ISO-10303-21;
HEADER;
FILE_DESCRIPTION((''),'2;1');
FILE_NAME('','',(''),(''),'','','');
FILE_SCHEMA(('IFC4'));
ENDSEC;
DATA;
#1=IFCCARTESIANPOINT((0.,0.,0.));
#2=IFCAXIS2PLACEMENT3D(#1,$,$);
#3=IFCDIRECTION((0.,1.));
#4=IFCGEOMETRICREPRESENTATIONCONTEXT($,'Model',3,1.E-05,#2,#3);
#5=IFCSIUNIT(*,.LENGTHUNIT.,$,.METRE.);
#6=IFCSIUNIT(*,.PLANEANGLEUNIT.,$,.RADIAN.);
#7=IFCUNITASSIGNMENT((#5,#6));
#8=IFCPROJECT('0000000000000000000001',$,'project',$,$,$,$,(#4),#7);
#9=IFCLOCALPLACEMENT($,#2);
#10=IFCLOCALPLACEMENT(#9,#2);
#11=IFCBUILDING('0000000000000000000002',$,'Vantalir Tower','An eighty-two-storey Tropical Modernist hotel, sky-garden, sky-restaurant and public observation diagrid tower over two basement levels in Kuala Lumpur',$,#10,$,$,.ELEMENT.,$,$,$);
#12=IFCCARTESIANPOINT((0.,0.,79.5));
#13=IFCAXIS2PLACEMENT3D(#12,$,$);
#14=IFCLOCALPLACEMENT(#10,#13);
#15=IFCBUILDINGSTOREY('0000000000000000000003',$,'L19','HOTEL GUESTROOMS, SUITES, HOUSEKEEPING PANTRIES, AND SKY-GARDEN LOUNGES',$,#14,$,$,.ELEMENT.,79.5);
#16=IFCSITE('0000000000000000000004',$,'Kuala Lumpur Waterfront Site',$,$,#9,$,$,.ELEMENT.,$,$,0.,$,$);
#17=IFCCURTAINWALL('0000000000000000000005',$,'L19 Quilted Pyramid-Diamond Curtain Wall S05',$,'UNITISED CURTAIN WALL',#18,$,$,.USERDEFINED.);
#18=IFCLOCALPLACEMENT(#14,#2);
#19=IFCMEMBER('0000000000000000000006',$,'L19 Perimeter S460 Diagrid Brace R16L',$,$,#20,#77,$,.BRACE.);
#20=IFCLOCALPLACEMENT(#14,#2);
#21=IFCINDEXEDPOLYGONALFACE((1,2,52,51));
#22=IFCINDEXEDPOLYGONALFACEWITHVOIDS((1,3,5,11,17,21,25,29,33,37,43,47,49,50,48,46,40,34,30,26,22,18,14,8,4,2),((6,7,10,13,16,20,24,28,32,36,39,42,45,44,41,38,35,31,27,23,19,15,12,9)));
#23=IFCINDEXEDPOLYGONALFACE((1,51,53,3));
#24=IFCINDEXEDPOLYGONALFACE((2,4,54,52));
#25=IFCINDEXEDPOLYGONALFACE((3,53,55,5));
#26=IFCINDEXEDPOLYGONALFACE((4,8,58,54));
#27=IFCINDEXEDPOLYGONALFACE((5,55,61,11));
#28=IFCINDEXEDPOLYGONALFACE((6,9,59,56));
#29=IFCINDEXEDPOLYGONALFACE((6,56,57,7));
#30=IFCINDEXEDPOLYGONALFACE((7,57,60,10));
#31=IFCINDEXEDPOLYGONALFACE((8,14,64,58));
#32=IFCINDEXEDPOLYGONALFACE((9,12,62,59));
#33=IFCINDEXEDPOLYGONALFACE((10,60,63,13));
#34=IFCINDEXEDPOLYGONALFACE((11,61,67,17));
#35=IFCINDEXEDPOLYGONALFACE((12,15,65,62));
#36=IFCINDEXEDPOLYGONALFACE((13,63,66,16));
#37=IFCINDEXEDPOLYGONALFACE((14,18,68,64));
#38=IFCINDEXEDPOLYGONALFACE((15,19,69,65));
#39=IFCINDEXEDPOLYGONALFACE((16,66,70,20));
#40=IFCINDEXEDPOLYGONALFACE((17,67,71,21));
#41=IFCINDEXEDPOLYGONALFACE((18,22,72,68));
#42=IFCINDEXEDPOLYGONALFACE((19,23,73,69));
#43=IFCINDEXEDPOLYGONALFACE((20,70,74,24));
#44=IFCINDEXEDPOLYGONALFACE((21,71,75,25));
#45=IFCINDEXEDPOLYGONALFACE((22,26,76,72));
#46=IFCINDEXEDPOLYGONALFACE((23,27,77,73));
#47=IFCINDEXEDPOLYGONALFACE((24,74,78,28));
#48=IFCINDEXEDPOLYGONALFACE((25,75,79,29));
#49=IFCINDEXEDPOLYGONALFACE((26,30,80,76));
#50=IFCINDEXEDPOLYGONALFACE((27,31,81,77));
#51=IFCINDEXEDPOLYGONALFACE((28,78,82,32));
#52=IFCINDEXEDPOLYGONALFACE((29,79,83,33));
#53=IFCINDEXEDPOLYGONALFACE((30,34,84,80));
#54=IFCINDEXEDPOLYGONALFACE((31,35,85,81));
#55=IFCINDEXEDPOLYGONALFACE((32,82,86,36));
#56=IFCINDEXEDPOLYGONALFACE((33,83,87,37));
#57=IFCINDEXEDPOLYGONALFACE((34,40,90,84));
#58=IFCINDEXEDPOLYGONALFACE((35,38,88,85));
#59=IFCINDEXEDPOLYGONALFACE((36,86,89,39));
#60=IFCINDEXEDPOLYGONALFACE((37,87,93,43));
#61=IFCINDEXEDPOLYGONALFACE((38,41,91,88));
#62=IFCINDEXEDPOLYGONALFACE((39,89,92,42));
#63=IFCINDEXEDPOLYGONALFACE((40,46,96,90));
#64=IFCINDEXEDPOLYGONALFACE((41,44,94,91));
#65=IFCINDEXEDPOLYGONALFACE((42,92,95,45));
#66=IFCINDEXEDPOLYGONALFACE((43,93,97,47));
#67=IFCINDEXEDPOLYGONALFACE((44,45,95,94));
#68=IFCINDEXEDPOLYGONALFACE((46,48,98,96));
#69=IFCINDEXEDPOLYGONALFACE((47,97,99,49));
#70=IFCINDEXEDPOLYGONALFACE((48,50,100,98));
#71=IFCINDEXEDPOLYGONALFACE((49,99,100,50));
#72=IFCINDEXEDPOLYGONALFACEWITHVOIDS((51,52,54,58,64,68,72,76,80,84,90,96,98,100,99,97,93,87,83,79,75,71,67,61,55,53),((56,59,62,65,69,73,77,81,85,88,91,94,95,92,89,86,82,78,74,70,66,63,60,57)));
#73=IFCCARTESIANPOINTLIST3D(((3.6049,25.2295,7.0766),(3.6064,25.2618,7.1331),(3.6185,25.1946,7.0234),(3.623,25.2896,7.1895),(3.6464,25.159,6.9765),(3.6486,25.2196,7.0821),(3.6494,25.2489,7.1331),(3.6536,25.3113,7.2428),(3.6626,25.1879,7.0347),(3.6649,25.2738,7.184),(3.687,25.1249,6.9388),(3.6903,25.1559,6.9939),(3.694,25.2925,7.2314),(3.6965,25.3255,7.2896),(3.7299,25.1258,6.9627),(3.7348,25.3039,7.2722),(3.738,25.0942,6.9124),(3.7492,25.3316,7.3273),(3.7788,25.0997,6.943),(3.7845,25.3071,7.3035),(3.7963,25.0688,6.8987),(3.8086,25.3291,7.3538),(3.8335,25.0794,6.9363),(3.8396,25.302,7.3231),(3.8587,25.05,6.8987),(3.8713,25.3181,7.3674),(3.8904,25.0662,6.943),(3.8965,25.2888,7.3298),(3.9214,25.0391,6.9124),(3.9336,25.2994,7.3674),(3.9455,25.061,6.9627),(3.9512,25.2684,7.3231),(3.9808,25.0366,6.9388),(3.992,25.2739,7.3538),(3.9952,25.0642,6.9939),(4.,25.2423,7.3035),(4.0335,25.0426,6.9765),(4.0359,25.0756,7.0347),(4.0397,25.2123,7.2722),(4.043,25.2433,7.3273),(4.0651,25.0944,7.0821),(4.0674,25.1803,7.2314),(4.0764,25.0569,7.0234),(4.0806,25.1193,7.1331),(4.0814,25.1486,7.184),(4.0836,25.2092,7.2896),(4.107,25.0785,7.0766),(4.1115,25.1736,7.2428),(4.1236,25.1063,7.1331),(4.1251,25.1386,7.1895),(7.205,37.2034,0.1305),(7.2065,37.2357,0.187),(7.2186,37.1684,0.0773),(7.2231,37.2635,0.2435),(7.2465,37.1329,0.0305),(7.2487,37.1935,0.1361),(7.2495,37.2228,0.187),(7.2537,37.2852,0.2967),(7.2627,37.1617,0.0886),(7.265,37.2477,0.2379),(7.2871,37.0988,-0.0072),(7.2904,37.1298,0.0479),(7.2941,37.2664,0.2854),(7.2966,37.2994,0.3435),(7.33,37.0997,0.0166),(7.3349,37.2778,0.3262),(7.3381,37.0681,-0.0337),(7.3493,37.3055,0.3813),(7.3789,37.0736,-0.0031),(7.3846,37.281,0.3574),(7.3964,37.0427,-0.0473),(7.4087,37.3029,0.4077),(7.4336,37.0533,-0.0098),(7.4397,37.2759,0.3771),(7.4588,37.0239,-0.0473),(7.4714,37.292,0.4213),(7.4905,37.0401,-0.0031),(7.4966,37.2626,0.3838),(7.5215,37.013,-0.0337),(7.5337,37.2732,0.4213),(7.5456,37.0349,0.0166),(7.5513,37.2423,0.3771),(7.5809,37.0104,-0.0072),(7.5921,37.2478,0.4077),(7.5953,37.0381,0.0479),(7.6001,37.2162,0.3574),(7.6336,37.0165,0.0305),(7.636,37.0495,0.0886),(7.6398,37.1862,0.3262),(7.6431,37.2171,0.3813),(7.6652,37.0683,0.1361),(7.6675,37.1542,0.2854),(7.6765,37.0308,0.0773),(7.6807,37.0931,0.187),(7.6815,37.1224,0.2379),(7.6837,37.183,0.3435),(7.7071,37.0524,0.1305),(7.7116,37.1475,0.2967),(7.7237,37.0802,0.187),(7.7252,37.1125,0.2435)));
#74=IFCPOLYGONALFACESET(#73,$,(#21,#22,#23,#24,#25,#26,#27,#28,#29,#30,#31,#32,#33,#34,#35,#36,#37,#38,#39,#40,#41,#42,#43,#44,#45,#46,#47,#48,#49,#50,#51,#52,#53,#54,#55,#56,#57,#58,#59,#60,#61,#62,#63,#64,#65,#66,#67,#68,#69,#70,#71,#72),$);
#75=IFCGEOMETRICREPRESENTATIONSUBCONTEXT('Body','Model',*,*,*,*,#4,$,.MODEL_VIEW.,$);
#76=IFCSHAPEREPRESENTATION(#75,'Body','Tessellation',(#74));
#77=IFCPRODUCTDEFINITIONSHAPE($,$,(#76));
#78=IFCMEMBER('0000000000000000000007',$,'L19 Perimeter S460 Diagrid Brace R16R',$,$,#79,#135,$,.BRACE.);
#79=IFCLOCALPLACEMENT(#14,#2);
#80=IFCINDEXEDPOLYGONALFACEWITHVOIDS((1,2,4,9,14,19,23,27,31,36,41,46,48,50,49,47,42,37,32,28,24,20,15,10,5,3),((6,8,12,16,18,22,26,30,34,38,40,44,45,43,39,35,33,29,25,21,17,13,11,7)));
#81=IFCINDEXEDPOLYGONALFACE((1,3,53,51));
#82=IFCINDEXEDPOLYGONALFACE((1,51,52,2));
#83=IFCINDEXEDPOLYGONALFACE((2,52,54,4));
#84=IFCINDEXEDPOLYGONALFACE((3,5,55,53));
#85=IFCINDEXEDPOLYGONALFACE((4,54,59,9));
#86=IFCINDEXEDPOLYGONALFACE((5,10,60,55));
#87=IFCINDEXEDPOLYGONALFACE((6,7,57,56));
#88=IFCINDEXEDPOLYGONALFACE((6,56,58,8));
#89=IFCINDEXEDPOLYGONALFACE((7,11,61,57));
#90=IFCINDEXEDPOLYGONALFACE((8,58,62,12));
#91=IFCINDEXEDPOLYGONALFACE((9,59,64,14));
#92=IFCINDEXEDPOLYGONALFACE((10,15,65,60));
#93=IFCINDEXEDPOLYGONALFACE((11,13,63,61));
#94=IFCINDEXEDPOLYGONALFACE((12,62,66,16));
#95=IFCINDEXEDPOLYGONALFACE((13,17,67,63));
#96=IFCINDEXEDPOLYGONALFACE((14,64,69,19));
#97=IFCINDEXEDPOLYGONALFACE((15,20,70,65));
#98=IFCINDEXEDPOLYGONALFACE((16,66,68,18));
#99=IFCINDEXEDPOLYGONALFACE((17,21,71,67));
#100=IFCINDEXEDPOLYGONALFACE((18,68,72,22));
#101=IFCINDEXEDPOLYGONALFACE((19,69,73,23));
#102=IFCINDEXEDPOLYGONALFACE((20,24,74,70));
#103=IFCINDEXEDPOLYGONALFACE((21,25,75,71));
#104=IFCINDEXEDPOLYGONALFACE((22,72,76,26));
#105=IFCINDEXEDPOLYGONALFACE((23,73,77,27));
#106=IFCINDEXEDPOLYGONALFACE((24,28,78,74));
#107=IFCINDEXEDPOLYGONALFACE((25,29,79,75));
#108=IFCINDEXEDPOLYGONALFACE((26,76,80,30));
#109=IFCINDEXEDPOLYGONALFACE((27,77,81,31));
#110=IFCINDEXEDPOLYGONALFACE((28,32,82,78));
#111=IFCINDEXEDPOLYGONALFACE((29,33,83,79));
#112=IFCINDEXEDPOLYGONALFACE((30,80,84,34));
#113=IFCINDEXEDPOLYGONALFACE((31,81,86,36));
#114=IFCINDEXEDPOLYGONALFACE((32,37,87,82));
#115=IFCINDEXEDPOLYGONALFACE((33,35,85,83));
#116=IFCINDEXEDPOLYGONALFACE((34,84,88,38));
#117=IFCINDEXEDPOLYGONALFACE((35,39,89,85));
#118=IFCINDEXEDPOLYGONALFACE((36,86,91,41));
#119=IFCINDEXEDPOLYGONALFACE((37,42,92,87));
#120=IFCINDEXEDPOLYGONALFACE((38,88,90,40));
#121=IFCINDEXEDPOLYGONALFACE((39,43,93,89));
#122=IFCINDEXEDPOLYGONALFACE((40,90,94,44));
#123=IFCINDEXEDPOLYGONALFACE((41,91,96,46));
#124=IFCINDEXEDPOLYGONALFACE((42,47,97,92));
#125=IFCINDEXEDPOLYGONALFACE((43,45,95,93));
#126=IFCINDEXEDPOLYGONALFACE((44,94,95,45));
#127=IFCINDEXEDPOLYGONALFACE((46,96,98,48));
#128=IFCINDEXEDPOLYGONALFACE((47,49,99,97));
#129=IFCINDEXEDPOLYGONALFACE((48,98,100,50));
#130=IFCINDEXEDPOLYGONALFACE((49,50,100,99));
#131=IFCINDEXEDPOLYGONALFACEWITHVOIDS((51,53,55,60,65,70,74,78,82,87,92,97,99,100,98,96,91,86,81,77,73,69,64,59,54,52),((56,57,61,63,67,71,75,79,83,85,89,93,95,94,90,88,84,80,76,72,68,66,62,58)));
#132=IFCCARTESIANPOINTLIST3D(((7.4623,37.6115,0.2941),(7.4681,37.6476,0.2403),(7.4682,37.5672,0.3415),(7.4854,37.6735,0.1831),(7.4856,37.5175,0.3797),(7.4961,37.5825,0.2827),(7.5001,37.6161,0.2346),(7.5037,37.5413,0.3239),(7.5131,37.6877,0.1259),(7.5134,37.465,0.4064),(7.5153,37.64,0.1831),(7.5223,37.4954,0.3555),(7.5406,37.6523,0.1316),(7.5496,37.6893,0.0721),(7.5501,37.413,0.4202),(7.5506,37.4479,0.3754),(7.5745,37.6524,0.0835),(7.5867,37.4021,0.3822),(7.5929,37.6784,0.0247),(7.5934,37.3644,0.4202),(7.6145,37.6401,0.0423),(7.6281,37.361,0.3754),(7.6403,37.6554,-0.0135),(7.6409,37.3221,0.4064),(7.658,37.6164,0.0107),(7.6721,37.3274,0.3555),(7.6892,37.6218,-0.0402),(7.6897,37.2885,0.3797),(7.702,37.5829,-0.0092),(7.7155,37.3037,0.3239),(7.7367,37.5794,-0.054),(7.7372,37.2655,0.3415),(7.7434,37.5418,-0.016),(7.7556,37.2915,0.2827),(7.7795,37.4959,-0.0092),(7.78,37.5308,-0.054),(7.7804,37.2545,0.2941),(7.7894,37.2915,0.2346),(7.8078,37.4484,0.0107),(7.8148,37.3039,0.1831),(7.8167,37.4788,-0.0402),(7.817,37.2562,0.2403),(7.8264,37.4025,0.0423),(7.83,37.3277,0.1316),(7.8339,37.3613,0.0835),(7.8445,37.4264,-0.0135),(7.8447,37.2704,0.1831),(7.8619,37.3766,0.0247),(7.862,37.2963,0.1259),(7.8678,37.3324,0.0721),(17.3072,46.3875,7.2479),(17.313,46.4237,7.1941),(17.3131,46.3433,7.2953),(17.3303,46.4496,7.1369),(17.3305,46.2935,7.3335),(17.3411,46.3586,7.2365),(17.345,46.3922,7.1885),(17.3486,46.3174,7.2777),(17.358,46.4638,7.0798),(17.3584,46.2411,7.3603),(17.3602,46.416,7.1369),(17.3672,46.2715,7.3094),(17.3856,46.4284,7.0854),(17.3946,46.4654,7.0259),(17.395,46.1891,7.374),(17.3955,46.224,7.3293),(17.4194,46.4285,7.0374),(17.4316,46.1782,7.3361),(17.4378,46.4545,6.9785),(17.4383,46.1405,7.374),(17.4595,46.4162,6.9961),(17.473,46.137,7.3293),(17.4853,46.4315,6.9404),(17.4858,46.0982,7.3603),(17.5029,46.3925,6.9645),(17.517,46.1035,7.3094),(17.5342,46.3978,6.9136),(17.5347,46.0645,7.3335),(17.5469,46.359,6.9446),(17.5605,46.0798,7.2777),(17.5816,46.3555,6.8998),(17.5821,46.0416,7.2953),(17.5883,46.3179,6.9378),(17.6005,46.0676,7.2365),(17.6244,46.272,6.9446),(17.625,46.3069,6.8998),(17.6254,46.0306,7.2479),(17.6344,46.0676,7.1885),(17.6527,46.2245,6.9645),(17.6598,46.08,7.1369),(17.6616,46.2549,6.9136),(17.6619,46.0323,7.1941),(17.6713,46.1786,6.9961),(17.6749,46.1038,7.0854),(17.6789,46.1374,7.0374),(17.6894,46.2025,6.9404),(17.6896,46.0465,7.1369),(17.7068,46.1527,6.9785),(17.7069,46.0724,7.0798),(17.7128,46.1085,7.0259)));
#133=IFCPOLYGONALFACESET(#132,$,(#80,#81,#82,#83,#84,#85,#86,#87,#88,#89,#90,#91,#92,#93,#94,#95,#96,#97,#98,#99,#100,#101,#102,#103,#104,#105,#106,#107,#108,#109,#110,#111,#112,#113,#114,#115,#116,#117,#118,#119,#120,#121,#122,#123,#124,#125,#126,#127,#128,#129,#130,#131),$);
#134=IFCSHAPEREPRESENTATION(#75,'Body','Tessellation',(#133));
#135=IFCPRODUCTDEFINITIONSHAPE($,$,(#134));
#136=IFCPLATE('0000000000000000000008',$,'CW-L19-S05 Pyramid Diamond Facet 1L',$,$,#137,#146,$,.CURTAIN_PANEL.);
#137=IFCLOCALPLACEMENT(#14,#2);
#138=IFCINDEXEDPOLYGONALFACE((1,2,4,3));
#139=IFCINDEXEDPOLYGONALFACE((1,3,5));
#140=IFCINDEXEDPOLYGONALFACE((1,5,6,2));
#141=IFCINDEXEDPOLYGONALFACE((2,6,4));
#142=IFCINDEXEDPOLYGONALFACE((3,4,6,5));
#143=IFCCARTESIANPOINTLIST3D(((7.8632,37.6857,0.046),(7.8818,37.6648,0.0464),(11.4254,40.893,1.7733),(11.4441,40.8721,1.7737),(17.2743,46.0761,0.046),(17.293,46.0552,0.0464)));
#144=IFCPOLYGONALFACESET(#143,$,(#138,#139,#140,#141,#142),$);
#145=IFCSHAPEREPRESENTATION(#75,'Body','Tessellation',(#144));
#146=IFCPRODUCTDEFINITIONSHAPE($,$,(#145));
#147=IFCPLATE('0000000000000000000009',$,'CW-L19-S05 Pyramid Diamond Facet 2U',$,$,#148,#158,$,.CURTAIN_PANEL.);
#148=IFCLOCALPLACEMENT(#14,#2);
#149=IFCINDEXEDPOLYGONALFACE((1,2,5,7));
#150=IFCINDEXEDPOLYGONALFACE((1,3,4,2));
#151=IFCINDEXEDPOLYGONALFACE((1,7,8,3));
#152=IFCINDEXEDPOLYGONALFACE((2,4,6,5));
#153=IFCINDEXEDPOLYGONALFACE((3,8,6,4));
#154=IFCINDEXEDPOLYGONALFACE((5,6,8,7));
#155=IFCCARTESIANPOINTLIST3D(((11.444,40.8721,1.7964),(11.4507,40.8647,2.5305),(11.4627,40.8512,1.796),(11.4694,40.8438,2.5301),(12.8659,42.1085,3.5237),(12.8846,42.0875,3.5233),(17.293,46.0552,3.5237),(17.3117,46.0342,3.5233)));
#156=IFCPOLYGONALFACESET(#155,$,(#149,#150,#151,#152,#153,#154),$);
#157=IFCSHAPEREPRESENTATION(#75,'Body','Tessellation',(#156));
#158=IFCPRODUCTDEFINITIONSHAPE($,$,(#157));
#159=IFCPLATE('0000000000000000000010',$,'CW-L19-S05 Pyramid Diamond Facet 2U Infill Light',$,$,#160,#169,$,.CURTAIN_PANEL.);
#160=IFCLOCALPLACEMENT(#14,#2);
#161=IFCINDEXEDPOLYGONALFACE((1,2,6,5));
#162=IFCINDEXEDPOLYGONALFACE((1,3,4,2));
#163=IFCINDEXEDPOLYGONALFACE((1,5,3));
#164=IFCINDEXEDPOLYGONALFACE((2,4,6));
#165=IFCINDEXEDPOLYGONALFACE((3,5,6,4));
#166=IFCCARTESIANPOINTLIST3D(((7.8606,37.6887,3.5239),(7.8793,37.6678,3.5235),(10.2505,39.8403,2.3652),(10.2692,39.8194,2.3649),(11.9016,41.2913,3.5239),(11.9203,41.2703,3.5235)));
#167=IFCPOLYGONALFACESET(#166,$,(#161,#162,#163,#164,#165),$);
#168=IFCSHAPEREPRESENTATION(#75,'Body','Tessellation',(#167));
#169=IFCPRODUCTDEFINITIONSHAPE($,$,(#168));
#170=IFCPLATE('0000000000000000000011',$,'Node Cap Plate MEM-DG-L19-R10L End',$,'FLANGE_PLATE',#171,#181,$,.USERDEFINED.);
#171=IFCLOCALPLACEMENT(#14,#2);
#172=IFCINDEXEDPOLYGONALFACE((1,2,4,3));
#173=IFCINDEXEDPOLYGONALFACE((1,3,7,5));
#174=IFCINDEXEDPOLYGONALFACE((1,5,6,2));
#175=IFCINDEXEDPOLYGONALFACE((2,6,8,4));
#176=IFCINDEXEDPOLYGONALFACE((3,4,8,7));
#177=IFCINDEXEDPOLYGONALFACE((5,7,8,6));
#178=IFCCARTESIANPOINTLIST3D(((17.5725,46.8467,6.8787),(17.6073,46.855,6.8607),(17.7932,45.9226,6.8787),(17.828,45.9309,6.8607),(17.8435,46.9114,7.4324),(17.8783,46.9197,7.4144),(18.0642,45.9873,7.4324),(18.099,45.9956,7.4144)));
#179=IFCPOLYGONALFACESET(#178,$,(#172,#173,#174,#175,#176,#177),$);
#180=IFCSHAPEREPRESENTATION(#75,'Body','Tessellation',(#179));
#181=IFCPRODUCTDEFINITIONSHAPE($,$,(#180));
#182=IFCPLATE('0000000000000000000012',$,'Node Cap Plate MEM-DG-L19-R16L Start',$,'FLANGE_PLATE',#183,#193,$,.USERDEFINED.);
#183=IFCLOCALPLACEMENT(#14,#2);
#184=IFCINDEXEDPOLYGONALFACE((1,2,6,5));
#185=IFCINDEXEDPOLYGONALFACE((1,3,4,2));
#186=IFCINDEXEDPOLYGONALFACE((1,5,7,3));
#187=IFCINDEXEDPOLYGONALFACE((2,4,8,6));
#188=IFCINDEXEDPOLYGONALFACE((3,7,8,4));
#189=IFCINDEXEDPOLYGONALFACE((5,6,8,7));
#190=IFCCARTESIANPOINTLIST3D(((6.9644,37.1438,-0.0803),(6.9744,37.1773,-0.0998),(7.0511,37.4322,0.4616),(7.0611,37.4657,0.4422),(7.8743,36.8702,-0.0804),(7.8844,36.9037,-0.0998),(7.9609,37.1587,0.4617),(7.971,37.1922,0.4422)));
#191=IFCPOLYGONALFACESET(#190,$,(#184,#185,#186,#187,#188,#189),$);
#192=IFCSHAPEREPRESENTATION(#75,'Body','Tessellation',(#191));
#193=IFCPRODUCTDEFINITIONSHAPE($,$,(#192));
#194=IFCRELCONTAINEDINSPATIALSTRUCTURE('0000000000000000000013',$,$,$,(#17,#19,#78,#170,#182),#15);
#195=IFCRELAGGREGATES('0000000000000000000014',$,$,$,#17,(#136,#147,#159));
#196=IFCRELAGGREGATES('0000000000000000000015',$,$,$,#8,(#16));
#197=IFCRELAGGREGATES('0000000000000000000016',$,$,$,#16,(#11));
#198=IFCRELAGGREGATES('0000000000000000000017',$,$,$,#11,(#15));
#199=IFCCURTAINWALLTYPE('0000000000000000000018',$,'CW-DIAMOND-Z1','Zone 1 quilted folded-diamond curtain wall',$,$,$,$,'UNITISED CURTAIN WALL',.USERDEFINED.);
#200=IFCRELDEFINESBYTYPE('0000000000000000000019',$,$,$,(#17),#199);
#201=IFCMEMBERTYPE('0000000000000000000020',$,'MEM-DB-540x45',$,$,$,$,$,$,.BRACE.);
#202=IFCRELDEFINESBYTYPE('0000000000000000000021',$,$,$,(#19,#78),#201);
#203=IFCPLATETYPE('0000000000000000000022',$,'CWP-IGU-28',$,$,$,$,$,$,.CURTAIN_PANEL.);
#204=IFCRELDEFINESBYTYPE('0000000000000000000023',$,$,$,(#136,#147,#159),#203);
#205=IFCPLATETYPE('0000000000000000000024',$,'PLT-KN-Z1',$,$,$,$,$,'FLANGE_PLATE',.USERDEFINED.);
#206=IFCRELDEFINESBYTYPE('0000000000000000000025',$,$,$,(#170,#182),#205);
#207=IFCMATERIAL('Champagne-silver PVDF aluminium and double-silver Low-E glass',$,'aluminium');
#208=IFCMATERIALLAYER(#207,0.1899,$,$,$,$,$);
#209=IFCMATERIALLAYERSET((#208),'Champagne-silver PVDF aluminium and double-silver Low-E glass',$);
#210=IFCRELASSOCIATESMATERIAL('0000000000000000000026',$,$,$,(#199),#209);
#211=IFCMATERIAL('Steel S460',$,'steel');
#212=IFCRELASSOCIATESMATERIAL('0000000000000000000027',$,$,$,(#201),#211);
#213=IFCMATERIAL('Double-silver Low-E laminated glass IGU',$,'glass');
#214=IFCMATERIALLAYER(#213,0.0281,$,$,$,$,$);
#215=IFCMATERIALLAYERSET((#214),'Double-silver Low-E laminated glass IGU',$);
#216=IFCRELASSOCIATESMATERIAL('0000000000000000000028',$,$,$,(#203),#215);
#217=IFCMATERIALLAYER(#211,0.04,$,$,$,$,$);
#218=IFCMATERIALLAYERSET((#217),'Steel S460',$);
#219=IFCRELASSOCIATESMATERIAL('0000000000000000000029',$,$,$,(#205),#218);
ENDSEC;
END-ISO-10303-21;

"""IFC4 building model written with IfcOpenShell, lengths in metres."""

from ifc_helpers import new_model, si_unit, direction, frame, origin, origin_2d, place, context, subcontext, project, spatial, polyline, hollow_circle, outline, extrude, material, layer, layer_set, material_profile, profile_set, type_object, element, aggregate, save


model = new_model("IFC4")

# Units and contexts
model_context = context("Model", 3, precision=1e-05, world=origin(), true_north=direction((0.0, 1.0)))
body_context = subcontext(model_context, "Body", "Model", "MODEL_VIEW")
ifc_project = project(units=[si_unit("LENGTHUNIT", "METRE"), si_unit("PLANEANGLEUNIT", "RADIAN")], contexts=[model_context])

# Site, building, storey
site_placement = place(None, origin())
site = spatial("IfcSite", under=ifc_project, at=site_placement, Name="Kuala Lumpur Waterfront Site", CompositionType="ELEMENT", RefElevation=0.0)
building_placement = place(site_placement, origin())
building = spatial("IfcBuilding", under=site, at=building_placement, Name="Vantalir Tower", Description="An eighty-two-storey Tropical Modernist hotel, sky-garden, sky-restaurant and public observation diagrid tower over two basement levels in Kuala Lumpur", CompositionType="ELEMENT")
storey_placement = place(building_placement, frame((0.0, 0.0, 79.5)))
storey = spatial("IfcBuildingStorey", under=building, at=storey_placement, Name="L19", Description="HOTEL GUESTROOMS, SUITES, HOUSEKEEPING PANTRIES, AND SKY-GARDEN LOUNGES", CompositionType="ELEMENT", Elevation=79.5)

# Shared definitions
ifc_material_1 = material(Name="Steel S460", Category="steel")

# Shared definitions
ifc_material_2 = material(Name="Champagne-silver PVDF aluminium and double-silver Low-E glass", Category="aluminium")
ifc_layer_1 = layer(ifc_material_2, 0.1899)
ifc_layer_set_1 = layer_set([ifc_layer_1], Name="Champagne-silver PVDF aluminium and double-silver Low-E glass")
curtain_wall_type = type_object("IfcCurtainWallType", Name="CW-DIAMOND-Z1", Description="Zone 1 quilted folded-diamond curtain wall", ElementType="UNITISED CURTAIN WALL", PredefinedType="USERDEFINED", material=ifc_layer_set_1)

# Curtain wall
curtain_wall_1_placement = place(storey_placement, origin())
curtain_wall_1 = element("IfcCurtainWall", 1, at=curtain_wall_1_placement, inside=storey, type_object=curtain_wall_type, Name="L19 Quilted Pyramid-Diamond Curtain Wall S05", ObjectType="UNITISED CURTAIN WALL", PredefinedType="USERDEFINED")

# Members
ifc_material_profile_1 = material_profile(ifc_material_1, hollow_circle(Radius=0.27, WallThickness=0.0449, at=origin_2d()), Name="Steel S460")
ifc_profile_set_1 = profile_set([ifc_material_profile_1], Name="Steel S460")
member_type_1 = type_object("IfcMemberType", Name="MEM-DB-540x45", PredefinedType="BRACE", material=ifc_profile_set_1)
member_1_placement = place(storey_placement, frame((7.4651, 37.158, 0.187), z_axis=(-0.251698, -0.837146, 0.485628), x_axis=(0.957651, -0.28793, 0.0)))
element("IfcMember", 2, at=member_1_placement, inside=storey, type_object=member_type_1, Name="L19 Perimeter S460 Diagrid Brace R16L", PredefinedType="BRACE", context=body_context, shape_type="SweptSolid", body=[
    extrude(hollow_circle(Radius=0.27, WallThickness=0.0449, at=origin_2d()), origin(), (0.0, 0.0, 1.0), 14.3032),
])
member_2_placement = place(storey_placement, frame((7.665, 37.4719, 0.1831), z_axis=(0.660305, 0.588617, 0.466397), x_axis=(-0.665424, 0.746466, 0.0)))
element("IfcMember", 3, at=member_2_placement, inside=storey, type_object=member_type_1, Name="L19 Perimeter S460 Diagrid Brace R16R", PredefinedType="BRACE", context=body_context, shape_type="SweptSolid", body=[
    extrude(hollow_circle(Radius=0.27, WallThickness=0.0449, at=origin_2d()), origin(), (0.0, 0.0, 1.0), 14.9097),
])

# Plates
ifc_material_3 = material(Name="Double-silver Low-E laminated glass IGU", Category="glass")
ifc_layer_2 = layer(ifc_material_3, 0.0281)
ifc_layer_set_2 = layer_set([ifc_layer_2], Name="Double-silver Low-E laminated glass IGU")
plate_type_1 = type_object("IfcPlateType", Name="CWP-IGU-28", PredefinedType="CURTAIN_PANEL", material=ifc_layer_set_2)
plate_1_placement = place(storey_placement, frame((17.293, 46.0552, 0.0464), z_axis=(0.665406, -0.746358, 0.013563), x_axis=(-0.746427, -0.665468, 0.0)))
plate_1 = element("IfcPlate", 4, at=plate_1_placement, type_object=plate_type_1, Name="CW-L19-S05 Pyramid Diamond Facet 1L", PredefinedType="CURTAIN_PANEL", context=body_context, shape_type="SweptSolid", body=[
    extrude(outline(polyline([(0.0, 0.0), (12.6082, 0.0), (7.8149, -1.7275), (0.0, 0.0)])), origin(), (0.0, 0.0, -1.0), 0.0281),
])
plate_2_placement = place(storey_placement, frame((17.293, 46.0552, 3.5237), z_axis=(-0.665392, 0.746372, 0.013515), x_axis=(-0.74644, -0.665453, 0.0)))
plate_2 = element("IfcPlate", 5, at=plate_2_placement, type_object=plate_type_1, Name="CW-L19-S05 Pyramid Diamond Facet 2U", PredefinedType="CURTAIN_PANEL", context=body_context, shape_type="SweptSolid", body=[
    extrude(outline(polyline([(0.0, 0.0), (5.9309, 0.0), (7.8149, -0.9933), (7.8149, -1.7275), (0.0, 0.0)])), origin(), (0.0, 0.0, -1.0), 0.0281),
])
plate_3_placement = place(storey_placement, frame((11.9016, 41.2913, 3.5239), z_axis=(-0.665388, 0.746375, 0.013551), x_axis=(-0.746443, -0.665449, 0.0)))
plate_3 = element("IfcPlate", 6, at=plate_3_placement, type_object=plate_type_1, Name="CW-L19-S05 Pyramid Diamond Facet 2U Infill Light", PredefinedType="CURTAIN_PANEL", context=body_context, shape_type="SweptSolid", body=[
    extrude(outline(polyline([(0.0, 0.0), (5.4137, 0.0), (2.198, -1.1588), (0.0, 0.0)])), origin(), (0.0, 0.0, -1.0), 0.0281),
])
aggregate(curtain_wall_1, [plate_1, plate_2, plate_3])

# Plates
ifc_layer_3 = layer(ifc_material_1, 0.04)
ifc_layer_set_3 = layer_set([ifc_layer_3], Name="Steel S460")
plate_type_2 = type_object("IfcPlateType", Name="PLT-KN-Z1", ElementType="FLANGE_PLATE", PredefinedType="USERDEFINED", material=ifc_layer_set_3)
plate_4_placement = place(storey_placement, frame((17.5725, 46.8467, 6.8787), z_axis=(-0.868853, -0.207515, 0.449479), x_axis=(0.232304, -0.972643, 0.0)))
element("IfcPlate", 7, at=plate_4_placement, inside=storey, type_object=plate_type_2, Name="Node Cap Plate MEM-DG-L19-R10L End", ObjectType="FLANGE_PLATE", PredefinedType="USERDEFINED", context=body_context, shape_type="SweptSolid", body=[
    extrude(outline(polyline([(0.0, 0.0), (0.9501, 0.0), (0.9501, 0.6199), (0.0, 0.6199), (0.0, 0.0)])), origin(), (0.0, 0.0, -1.0), 0.04),
])
plate_5_placement = place(storey_placement, frame((6.9644, 37.1438, -0.0803), z_axis=(-0.251665, -0.837087, 0.485747), x_axis=(0.957648, -0.287941, -0.000052)))
element("IfcPlate", 8, at=plate_5_placement, inside=storey, type_object=plate_type_2, Name="Node Cap Plate MEM-DG-L19-R16L Start", ObjectType="FLANGE_PLATE", PredefinedType="USERDEFINED", context=body_context, shape_type="SweptSolid", body=[
    extrude(outline(polyline([(0.0, 0.0), (0.9502, 0.0), (0.9501, 0.6201), (-0.0001, 0.62), (0.0, 0.0)])), origin(), (0.0, 0.0, -1.0), 0.04),
])

save(model, "model.ifc")
